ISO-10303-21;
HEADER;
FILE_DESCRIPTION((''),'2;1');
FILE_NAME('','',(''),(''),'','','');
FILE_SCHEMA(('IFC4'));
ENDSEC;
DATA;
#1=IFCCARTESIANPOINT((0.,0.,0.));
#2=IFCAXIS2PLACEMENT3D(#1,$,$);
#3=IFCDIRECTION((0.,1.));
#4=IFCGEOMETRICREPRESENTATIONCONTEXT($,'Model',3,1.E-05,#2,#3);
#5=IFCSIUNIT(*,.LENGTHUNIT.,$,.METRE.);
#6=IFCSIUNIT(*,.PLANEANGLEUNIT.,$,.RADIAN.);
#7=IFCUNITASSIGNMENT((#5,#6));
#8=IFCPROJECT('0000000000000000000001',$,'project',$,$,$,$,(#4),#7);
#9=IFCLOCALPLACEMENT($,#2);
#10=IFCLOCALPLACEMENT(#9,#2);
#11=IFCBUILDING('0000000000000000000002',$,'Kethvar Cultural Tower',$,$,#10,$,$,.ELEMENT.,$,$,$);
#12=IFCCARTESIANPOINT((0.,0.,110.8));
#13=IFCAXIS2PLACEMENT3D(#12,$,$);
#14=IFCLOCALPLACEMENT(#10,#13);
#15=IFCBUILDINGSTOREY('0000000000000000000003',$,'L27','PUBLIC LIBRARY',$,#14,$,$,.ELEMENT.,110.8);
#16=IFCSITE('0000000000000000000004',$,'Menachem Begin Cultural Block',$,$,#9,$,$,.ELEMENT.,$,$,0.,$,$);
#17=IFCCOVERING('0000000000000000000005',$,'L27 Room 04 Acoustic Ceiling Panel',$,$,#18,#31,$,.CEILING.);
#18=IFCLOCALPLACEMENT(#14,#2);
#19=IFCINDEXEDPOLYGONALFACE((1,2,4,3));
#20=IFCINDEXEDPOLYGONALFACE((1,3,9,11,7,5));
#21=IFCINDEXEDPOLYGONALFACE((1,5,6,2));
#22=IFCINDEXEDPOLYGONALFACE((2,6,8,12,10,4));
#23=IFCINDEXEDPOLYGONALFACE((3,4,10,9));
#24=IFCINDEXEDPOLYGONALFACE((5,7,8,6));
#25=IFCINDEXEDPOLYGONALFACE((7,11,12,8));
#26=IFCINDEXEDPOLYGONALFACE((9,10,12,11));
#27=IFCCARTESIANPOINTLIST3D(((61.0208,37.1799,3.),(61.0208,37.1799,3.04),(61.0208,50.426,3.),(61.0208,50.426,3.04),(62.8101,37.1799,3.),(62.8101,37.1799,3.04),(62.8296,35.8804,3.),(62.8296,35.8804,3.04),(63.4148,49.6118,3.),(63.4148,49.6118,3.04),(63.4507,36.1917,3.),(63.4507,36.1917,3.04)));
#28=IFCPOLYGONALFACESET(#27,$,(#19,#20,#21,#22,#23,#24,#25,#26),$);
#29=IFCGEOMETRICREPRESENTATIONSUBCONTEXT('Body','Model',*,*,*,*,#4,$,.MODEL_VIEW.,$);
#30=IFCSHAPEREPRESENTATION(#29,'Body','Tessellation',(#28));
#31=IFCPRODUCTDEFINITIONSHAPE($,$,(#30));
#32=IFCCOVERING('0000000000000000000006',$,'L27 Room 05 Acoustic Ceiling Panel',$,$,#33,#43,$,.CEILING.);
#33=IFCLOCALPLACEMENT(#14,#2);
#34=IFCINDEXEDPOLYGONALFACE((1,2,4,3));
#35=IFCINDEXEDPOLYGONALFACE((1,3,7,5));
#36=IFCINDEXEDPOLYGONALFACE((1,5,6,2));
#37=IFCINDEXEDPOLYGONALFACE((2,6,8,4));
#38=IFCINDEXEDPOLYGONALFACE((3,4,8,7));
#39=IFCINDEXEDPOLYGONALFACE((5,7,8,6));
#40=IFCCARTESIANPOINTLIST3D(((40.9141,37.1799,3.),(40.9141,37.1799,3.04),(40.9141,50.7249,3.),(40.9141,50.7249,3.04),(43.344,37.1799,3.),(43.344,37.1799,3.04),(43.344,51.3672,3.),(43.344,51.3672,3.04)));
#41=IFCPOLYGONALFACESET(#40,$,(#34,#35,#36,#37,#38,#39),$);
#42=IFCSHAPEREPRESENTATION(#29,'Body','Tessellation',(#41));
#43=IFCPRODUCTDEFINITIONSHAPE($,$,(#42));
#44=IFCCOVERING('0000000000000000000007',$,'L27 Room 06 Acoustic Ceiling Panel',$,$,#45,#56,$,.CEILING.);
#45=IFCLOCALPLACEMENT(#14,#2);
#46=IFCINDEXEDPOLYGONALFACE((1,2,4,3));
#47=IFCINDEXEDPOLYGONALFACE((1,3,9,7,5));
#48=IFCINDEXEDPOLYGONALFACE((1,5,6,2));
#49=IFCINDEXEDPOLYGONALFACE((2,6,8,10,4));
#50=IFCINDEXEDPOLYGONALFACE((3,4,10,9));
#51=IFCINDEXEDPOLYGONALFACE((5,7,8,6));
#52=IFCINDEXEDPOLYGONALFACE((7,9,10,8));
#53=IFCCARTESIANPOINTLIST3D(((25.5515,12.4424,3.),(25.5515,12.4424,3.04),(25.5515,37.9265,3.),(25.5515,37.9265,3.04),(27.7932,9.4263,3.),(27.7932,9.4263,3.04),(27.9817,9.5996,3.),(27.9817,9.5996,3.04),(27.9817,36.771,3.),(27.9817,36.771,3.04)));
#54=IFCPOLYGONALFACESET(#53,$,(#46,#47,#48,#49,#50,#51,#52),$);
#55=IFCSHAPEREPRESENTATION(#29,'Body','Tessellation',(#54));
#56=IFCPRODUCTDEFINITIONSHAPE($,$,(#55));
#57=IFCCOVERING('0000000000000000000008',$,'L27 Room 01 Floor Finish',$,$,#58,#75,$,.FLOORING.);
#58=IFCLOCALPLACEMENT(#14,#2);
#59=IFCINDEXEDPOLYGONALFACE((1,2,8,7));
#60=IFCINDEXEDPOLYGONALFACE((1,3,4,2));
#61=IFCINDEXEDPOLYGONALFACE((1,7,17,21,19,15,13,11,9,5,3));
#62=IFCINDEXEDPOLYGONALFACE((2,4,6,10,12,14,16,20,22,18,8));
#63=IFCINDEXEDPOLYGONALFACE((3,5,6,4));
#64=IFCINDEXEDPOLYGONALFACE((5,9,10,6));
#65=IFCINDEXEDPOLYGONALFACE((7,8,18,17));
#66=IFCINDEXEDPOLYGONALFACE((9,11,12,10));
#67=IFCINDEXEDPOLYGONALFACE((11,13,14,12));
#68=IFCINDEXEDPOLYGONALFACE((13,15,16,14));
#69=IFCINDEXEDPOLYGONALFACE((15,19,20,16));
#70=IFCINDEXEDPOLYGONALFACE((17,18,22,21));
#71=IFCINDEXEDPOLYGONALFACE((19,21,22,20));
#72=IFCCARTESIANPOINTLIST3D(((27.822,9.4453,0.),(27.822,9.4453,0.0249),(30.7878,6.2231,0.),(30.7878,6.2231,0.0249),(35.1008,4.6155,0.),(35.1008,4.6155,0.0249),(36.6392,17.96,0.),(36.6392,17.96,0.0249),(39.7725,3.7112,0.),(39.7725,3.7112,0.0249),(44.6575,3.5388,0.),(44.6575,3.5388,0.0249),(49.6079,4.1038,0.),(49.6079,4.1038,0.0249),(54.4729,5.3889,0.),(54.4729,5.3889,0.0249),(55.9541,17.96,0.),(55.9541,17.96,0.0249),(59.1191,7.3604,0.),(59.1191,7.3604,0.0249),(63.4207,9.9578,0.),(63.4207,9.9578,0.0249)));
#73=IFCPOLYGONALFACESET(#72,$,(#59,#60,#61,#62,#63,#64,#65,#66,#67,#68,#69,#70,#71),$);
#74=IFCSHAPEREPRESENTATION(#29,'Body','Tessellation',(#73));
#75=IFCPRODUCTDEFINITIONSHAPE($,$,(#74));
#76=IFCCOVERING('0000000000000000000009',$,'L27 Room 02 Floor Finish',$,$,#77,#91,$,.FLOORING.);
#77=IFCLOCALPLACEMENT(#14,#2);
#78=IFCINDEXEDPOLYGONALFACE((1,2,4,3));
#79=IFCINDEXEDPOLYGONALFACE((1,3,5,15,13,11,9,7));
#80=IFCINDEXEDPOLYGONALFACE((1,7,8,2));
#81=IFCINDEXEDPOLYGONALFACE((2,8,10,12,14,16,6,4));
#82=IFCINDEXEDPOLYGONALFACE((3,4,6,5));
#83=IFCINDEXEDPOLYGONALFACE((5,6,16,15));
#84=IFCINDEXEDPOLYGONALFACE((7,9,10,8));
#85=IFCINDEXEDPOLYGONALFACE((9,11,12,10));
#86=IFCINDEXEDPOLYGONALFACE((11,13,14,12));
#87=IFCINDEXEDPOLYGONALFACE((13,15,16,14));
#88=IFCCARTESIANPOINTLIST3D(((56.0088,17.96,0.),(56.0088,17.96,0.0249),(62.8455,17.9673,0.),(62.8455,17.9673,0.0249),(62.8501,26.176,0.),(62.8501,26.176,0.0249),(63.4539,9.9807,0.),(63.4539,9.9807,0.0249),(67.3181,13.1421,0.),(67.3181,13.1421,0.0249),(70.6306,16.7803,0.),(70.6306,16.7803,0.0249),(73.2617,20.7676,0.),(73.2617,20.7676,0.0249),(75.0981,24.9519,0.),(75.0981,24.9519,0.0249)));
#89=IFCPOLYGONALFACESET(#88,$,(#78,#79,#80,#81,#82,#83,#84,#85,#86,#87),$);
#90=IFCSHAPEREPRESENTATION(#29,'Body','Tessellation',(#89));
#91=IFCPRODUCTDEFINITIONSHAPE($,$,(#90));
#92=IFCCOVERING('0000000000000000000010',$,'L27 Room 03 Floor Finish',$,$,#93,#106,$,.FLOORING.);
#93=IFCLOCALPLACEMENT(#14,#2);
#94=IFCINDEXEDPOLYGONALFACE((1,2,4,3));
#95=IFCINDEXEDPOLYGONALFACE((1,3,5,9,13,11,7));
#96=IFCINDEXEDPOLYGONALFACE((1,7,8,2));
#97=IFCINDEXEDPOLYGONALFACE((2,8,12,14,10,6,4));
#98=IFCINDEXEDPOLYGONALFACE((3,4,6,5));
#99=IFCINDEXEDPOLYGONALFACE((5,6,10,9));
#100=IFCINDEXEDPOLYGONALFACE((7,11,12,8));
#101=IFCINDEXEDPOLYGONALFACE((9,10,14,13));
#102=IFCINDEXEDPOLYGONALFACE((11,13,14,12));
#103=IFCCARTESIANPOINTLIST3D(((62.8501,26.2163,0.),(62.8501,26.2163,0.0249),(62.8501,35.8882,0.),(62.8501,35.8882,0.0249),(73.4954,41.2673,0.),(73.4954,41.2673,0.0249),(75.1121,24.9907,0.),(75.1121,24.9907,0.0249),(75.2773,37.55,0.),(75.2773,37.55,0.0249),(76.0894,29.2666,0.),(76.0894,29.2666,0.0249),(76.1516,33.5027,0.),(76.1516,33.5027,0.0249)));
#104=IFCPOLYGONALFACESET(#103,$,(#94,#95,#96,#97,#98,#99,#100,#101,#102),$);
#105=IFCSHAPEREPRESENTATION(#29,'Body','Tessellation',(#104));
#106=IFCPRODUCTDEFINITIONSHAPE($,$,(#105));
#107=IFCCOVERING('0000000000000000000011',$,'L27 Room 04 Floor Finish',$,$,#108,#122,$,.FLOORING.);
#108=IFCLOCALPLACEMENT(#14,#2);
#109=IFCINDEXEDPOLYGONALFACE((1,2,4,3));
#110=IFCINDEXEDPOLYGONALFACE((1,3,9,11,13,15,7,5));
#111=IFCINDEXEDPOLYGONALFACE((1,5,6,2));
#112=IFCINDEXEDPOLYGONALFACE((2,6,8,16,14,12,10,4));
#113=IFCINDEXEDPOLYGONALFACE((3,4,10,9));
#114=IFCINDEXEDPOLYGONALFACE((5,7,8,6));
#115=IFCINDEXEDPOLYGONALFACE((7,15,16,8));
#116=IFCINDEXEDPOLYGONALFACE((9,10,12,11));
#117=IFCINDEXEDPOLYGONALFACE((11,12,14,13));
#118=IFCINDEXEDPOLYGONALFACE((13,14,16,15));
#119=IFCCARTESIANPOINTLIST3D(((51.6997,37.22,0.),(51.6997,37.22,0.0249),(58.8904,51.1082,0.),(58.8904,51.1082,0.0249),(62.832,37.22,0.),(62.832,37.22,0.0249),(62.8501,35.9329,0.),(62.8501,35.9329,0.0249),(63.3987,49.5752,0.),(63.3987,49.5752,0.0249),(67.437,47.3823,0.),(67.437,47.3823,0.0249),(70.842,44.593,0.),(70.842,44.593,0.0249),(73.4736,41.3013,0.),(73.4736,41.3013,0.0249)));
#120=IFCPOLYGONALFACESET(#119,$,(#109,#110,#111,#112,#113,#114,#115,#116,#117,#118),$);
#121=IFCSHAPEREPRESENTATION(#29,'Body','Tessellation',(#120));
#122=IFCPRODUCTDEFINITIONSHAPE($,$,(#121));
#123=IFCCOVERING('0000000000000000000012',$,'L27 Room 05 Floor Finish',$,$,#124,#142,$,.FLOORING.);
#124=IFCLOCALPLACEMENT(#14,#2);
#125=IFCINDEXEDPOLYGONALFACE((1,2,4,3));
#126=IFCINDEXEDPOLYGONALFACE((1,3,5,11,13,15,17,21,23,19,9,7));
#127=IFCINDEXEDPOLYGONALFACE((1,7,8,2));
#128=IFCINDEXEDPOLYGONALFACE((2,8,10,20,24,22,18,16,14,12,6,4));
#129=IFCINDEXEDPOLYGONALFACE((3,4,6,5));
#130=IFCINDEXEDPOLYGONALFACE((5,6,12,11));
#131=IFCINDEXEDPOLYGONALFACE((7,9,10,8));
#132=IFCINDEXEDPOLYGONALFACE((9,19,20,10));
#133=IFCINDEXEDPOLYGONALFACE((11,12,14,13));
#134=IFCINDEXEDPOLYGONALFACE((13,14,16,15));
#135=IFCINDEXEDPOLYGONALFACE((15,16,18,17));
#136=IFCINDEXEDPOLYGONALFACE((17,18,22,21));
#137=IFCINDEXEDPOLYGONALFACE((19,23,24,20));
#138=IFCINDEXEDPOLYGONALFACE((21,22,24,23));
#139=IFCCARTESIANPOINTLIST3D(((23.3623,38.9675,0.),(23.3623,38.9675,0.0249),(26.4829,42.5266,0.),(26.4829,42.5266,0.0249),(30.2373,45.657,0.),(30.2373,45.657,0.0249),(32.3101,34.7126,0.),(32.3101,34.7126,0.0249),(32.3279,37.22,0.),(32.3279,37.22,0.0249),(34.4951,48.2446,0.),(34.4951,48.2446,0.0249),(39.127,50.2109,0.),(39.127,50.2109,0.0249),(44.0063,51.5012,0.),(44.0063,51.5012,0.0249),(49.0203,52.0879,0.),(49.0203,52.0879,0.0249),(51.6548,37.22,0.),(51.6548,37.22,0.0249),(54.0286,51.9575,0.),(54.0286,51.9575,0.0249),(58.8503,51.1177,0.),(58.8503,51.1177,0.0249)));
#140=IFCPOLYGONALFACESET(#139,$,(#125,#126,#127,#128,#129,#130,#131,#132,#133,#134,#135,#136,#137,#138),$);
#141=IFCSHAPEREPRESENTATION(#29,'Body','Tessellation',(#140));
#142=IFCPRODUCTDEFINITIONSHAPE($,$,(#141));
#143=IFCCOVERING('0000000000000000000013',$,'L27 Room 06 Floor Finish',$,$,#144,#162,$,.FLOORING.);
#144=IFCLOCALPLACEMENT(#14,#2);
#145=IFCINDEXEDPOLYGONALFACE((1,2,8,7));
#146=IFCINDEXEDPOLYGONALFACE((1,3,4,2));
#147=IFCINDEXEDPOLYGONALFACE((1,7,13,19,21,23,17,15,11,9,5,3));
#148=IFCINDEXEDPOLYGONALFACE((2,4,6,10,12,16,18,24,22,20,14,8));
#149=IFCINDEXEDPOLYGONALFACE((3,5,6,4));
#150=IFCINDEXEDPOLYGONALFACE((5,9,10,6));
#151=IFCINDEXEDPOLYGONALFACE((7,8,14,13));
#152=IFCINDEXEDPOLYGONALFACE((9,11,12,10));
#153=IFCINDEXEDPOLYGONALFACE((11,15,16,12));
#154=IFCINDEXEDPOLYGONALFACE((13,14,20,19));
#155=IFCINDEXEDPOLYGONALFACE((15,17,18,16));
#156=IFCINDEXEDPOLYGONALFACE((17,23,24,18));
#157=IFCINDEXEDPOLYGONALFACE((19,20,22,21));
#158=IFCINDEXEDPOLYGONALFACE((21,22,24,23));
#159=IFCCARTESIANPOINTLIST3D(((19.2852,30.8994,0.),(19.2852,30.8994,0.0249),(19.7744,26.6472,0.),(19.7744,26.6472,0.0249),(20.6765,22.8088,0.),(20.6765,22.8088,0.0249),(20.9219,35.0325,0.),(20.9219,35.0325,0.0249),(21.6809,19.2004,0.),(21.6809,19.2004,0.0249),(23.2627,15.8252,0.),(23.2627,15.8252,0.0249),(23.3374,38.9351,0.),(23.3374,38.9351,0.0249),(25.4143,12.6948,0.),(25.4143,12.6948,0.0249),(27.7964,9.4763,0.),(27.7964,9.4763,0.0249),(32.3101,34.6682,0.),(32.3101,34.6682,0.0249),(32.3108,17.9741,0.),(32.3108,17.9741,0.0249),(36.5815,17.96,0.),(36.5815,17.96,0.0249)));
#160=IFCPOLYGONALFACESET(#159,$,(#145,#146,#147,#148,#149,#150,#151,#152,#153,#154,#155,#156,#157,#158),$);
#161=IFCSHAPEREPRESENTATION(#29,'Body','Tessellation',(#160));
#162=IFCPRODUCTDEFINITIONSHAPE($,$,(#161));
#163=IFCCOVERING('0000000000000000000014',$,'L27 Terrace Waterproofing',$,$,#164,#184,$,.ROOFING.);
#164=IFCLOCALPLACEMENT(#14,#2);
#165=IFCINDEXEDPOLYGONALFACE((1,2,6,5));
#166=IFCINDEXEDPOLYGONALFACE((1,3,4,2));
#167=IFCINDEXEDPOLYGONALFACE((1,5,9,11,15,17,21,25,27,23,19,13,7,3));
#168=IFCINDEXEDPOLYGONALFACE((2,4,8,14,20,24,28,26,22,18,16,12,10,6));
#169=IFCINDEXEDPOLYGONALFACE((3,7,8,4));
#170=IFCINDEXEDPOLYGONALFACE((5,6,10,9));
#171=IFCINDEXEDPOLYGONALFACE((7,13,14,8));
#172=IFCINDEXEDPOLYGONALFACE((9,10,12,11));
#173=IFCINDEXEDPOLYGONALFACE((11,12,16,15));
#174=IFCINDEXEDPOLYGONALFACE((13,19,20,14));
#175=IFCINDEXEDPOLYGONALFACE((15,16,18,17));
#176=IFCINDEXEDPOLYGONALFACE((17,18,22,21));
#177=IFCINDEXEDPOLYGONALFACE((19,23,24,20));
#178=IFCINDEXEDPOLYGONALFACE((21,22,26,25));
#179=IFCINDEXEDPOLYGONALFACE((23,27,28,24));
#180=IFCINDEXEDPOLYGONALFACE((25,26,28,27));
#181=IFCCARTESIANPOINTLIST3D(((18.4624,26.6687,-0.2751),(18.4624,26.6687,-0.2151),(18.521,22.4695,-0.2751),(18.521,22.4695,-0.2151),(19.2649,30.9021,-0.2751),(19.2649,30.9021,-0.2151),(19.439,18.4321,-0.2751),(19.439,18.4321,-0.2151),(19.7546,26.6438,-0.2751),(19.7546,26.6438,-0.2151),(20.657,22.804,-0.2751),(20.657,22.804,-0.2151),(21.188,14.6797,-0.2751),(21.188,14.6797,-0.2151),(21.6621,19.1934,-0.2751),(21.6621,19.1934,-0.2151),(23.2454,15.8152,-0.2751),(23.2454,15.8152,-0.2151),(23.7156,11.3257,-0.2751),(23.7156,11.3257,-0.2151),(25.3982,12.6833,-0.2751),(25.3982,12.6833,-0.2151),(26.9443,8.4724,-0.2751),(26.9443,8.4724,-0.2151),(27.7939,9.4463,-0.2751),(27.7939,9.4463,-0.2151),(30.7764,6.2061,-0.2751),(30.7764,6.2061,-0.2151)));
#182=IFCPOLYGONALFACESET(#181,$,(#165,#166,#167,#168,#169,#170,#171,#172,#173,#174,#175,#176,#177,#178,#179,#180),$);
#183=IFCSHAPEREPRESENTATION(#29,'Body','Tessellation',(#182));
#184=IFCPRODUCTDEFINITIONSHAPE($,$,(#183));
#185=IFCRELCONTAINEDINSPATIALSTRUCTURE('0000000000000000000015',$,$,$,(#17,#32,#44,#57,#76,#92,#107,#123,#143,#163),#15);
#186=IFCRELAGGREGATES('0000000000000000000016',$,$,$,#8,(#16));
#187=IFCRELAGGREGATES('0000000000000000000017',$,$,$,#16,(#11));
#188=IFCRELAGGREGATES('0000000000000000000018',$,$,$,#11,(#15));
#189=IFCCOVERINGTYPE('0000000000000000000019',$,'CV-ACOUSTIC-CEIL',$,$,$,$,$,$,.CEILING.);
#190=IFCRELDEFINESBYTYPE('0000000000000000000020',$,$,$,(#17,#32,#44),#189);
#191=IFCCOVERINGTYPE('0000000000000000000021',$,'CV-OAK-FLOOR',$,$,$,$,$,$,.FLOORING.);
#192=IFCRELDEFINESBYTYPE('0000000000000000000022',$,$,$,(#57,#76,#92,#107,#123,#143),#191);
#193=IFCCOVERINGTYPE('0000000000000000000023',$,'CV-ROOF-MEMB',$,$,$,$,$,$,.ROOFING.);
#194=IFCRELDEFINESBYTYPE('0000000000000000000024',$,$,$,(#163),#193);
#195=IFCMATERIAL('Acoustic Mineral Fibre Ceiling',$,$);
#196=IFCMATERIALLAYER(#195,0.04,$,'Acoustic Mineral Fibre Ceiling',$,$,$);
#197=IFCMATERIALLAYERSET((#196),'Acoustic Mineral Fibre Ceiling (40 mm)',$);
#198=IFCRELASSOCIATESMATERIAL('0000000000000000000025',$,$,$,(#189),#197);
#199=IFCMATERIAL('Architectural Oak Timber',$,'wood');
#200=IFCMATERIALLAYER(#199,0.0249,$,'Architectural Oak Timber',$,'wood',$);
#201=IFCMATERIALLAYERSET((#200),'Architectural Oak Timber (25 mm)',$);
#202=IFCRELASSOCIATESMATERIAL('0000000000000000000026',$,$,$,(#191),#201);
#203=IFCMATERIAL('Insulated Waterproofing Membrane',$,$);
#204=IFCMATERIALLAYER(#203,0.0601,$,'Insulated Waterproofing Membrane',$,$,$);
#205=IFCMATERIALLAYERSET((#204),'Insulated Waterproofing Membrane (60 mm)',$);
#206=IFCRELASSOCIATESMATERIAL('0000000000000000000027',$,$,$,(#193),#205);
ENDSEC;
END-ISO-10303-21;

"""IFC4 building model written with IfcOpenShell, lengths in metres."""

from ifc_helpers import new_model, si_unit, direction, frame, origin, place, context, subcontext, project, spatial, polyline, outline, extrude, material, layer, layer_set, type_object, element, save


model = new_model("IFC4")

# Units and contexts
model_context = context("Model", 3, precision=1e-05, world=origin(), true_north=direction((0.0, 1.0)))
body_context = subcontext(model_context, "Body", "Model", "MODEL_VIEW")
ifc_project = project(units=[si_unit("LENGTHUNIT", "METRE"), si_unit("PLANEANGLEUNIT", "RADIAN")], contexts=[model_context])

# Site, building, storey
site_placement = place(None, origin())
site = spatial("IfcSite", under=ifc_project, at=site_placement, Name="Menachem Begin Cultural Block", CompositionType="ELEMENT", RefElevation=0.0)
building_placement = place(site_placement, origin())
building = spatial("IfcBuilding", under=site, at=building_placement, Name="Kethvar Cultural Tower", CompositionType="ELEMENT")
storey_placement = place(building_placement, frame((0.0, 0.0, 110.8)))
storey = spatial("IfcBuildingStorey", under=building, at=storey_placement, Name="L27", Description="PUBLIC LIBRARY", CompositionType="ELEMENT", Elevation=110.8)

# Coverings
ifc_material_1 = material(Name="Acoustic Mineral Fibre Ceiling")
ifc_layer_1 = layer(ifc_material_1, 0.04, Name="Acoustic Mineral Fibre Ceiling")
ifc_layer_set_1 = layer_set([ifc_layer_1], Name="Acoustic Mineral Fibre Ceiling (40 mm)")
covering_type_1 = type_object("IfcCoveringType", Name="CV-ACOUSTIC-CEIL", PredefinedType="CEILING", material=ifc_layer_set_1)
covering_1_placement = place(storey_placement, frame((0.0, 0.0, 3.0)))
element("IfcCovering", 1, at=covering_1_placement, inside=storey, type_object=covering_type_1, Name="L27 Room 04 Acoustic Ceiling Panel", PredefinedType="CEILING", context=body_context, shape_type="SweptSolid", body=[
    extrude(outline(polyline([(63.4148, 49.6118), (63.4507, 36.1917), (62.8296, 35.8804), (62.8101, 37.1799), (61.0208, 37.1799), (61.0208, 50.426), (63.4148, 49.6118)])), origin(), (0.0, 0.0, 1.0), 0.04),
])
covering_2_placement = place(storey_placement, frame((0.0, 0.0, 3.0)))
element("IfcCovering", 2, at=covering_2_placement, inside=storey, type_object=covering_type_1, Name="L27 Room 05 Acoustic Ceiling Panel", PredefinedType="CEILING", context=body_context, shape_type="SweptSolid", body=[
    extrude(outline(polyline([(43.344, 51.3672), (43.344, 37.1799), (40.9141, 37.1799), (40.9141, 50.7249), (43.344, 51.3672)])), origin(), (0.0, 0.0, 1.0), 0.04),
])
covering_3_placement = place(storey_placement, frame((0.0, 0.0, 3.0)))
element("IfcCovering", 3, at=covering_3_placement, inside=storey, type_object=covering_type_1, Name="L27 Room 06 Acoustic Ceiling Panel", PredefinedType="CEILING", context=body_context, shape_type="SweptSolid", body=[
    extrude(outline(polyline([(27.9817, 36.771), (27.9817, 9.5996), (27.7932, 9.4263), (25.5515, 12.4424), (25.5515, 37.9265), (27.9817, 36.771)])), origin(), (0.0, 0.0, 1.0), 0.04),
])
ifc_material_2 = material(Name="Architectural Oak Timber", Category="wood")
ifc_layer_2 = layer(ifc_material_2, 0.0249, Name="Architectural Oak Timber", Category="wood")
ifc_layer_set_2 = layer_set([ifc_layer_2], Name="Architectural Oak Timber (25 mm)")
covering_type_2 = type_object("IfcCoveringType", Name="CV-OAK-FLOOR", PredefinedType="FLOORING", material=ifc_layer_set_2)
covering_4_placement = place(storey_placement, origin())
element("IfcCovering", 4, at=covering_4_placement, inside=storey, type_object=covering_type_2, Name="L27 Room 01 Floor Finish", PredefinedType="FLOORING", context=body_context, shape_type="SweptSolid", body=[
    extrude(outline(polyline([(63.4207, 9.9578), (59.1191, 7.3604), (54.4729, 5.3889), (49.6079, 4.1038), (44.6575, 3.5388), (39.7725, 3.7112), (35.1008, 4.6155), (30.7878, 6.2231), (27.822, 9.4453), (36.6392, 17.96), (55.9541, 17.96), (63.4207, 9.9578)])), origin(), (0.0, 0.0, 1.0), 0.0249),
])
covering_5_placement = place(storey_placement, origin())
element("IfcCovering", 5, at=covering_5_placement, inside=storey, type_object=covering_type_2, Name="L27 Room 02 Floor Finish", PredefinedType="FLOORING", context=body_context, shape_type="SweptSolid", body=[
    extrude(outline(polyline([(73.2617, 20.7676), (70.6306, 16.7803), (67.3181, 13.1421), (63.4539, 9.9807), (56.0088, 17.96), (62.8455, 17.9673), (62.8501, 26.176), (75.0981, 24.9519), (73.2617, 20.7676)])), origin(), (0.0, 0.0, 1.0), 0.0249),
])
covering_6_placement = place(storey_placement, origin())
element("IfcCovering", 6, at=covering_6_placement, inside=storey, type_object=covering_type_2, Name="L27 Room 03 Floor Finish", PredefinedType="FLOORING", context=body_context, shape_type="SweptSolid", body=[
    extrude(outline(polyline([(76.0894, 29.2666), (75.1121, 24.9907), (62.8501, 26.2163), (62.8501, 35.8882), (73.4954, 41.2673), (75.2773, 37.55), (76.1516, 33.5027), (76.0894, 29.2666)])), origin(), (0.0, 0.0, 1.0), 0.0249),
])
covering_7_placement = place(storey_placement, origin())
element("IfcCovering", 7, at=covering_7_placement, inside=storey, type_object=covering_type_2, Name="L27 Room 04 Floor Finish", PredefinedType="FLOORING", context=body_context, shape_type="SweptSolid", body=[
    extrude(outline(polyline([(63.3987, 49.5752), (67.437, 47.3823), (70.842, 44.593), (73.4736, 41.3013), (62.8501, 35.9329), (62.832, 37.22), (51.6997, 37.22), (58.8904, 51.1082), (63.3987, 49.5752)])), origin(), (0.0, 0.0, 1.0), 0.0249),
])
covering_8_placement = place(storey_placement, origin())
element("IfcCovering", 8, at=covering_8_placement, inside=storey, type_object=covering_type_2, Name="L27 Room 05 Floor Finish", PredefinedType="FLOORING", context=body_context, shape_type="SweptSolid", body=[
    extrude(outline(polyline([(26.4829, 42.5266), (30.2373, 45.657), (34.4951, 48.2446), (39.127, 50.2109), (44.0063, 51.5012), (49.0203, 52.0879), (54.0286, 51.9575), (58.8503, 51.1177), (51.6548, 37.22), (32.3279, 37.22), (32.3101, 34.7126), (23.3623, 38.9675), (26.4829, 42.5266)])), origin(), (0.0, 0.0, 1.0), 0.0249),
])
covering_9_placement = place(storey_placement, origin())
element("IfcCovering", 9, at=covering_9_placement, inside=storey, type_object=covering_type_2, Name="L27 Room 06 Floor Finish", PredefinedType="FLOORING", context=body_context, shape_type="SweptSolid", body=[
    extrude(outline(polyline([(25.4143, 12.6948), (23.2627, 15.8252), (21.6809, 19.2004), (20.6765, 22.8088), (19.7744, 26.6472), (19.2852, 30.8994), (20.9219, 35.0325), (23.3374, 38.9351), (32.3101, 34.6682), (32.3108, 17.9741), (36.5815, 17.96), (27.7964, 9.4763), (25.4143, 12.6948)])), origin(), (0.0, 0.0, 1.0), 0.0249),
])
ifc_material_3 = material(Name="Insulated Waterproofing Membrane")
ifc_layer_3 = layer(ifc_material_3, 0.0601, Name="Insulated Waterproofing Membrane")
ifc_layer_set_3 = layer_set([ifc_layer_3], Name="Insulated Waterproofing Membrane (60 mm)")
covering_type_3 = type_object("IfcCoveringType", Name="CV-ROOF-MEMB", PredefinedType="ROOFING", material=ifc_layer_set_3)
covering_10_placement = place(storey_placement, frame((0.0, 0.0, -0.2751)))
element("IfcCovering", 10, at=covering_10_placement, inside=storey, type_object=covering_type_3, Name="L27 Terrace Waterproofing", PredefinedType="ROOFING", context=body_context, shape_type="SweptSolid", body=[
    extrude(outline(polyline([(19.2649, 30.9021), (18.4624, 26.6687), (18.521, 22.4695), (19.439, 18.4321), (21.188, 14.6797), (23.7156, 11.3257), (26.9443, 8.4724), (30.7764, 6.2061), (27.7939, 9.4463), (25.3982, 12.6833), (23.2454, 15.8152), (21.6621, 19.1934), (20.657, 22.804), (19.7546, 26.6438), (19.2649, 30.9021)])), origin(), (0.0, 0.0, 1.0), 0.0601),
])

save(model, "model.ifc")
